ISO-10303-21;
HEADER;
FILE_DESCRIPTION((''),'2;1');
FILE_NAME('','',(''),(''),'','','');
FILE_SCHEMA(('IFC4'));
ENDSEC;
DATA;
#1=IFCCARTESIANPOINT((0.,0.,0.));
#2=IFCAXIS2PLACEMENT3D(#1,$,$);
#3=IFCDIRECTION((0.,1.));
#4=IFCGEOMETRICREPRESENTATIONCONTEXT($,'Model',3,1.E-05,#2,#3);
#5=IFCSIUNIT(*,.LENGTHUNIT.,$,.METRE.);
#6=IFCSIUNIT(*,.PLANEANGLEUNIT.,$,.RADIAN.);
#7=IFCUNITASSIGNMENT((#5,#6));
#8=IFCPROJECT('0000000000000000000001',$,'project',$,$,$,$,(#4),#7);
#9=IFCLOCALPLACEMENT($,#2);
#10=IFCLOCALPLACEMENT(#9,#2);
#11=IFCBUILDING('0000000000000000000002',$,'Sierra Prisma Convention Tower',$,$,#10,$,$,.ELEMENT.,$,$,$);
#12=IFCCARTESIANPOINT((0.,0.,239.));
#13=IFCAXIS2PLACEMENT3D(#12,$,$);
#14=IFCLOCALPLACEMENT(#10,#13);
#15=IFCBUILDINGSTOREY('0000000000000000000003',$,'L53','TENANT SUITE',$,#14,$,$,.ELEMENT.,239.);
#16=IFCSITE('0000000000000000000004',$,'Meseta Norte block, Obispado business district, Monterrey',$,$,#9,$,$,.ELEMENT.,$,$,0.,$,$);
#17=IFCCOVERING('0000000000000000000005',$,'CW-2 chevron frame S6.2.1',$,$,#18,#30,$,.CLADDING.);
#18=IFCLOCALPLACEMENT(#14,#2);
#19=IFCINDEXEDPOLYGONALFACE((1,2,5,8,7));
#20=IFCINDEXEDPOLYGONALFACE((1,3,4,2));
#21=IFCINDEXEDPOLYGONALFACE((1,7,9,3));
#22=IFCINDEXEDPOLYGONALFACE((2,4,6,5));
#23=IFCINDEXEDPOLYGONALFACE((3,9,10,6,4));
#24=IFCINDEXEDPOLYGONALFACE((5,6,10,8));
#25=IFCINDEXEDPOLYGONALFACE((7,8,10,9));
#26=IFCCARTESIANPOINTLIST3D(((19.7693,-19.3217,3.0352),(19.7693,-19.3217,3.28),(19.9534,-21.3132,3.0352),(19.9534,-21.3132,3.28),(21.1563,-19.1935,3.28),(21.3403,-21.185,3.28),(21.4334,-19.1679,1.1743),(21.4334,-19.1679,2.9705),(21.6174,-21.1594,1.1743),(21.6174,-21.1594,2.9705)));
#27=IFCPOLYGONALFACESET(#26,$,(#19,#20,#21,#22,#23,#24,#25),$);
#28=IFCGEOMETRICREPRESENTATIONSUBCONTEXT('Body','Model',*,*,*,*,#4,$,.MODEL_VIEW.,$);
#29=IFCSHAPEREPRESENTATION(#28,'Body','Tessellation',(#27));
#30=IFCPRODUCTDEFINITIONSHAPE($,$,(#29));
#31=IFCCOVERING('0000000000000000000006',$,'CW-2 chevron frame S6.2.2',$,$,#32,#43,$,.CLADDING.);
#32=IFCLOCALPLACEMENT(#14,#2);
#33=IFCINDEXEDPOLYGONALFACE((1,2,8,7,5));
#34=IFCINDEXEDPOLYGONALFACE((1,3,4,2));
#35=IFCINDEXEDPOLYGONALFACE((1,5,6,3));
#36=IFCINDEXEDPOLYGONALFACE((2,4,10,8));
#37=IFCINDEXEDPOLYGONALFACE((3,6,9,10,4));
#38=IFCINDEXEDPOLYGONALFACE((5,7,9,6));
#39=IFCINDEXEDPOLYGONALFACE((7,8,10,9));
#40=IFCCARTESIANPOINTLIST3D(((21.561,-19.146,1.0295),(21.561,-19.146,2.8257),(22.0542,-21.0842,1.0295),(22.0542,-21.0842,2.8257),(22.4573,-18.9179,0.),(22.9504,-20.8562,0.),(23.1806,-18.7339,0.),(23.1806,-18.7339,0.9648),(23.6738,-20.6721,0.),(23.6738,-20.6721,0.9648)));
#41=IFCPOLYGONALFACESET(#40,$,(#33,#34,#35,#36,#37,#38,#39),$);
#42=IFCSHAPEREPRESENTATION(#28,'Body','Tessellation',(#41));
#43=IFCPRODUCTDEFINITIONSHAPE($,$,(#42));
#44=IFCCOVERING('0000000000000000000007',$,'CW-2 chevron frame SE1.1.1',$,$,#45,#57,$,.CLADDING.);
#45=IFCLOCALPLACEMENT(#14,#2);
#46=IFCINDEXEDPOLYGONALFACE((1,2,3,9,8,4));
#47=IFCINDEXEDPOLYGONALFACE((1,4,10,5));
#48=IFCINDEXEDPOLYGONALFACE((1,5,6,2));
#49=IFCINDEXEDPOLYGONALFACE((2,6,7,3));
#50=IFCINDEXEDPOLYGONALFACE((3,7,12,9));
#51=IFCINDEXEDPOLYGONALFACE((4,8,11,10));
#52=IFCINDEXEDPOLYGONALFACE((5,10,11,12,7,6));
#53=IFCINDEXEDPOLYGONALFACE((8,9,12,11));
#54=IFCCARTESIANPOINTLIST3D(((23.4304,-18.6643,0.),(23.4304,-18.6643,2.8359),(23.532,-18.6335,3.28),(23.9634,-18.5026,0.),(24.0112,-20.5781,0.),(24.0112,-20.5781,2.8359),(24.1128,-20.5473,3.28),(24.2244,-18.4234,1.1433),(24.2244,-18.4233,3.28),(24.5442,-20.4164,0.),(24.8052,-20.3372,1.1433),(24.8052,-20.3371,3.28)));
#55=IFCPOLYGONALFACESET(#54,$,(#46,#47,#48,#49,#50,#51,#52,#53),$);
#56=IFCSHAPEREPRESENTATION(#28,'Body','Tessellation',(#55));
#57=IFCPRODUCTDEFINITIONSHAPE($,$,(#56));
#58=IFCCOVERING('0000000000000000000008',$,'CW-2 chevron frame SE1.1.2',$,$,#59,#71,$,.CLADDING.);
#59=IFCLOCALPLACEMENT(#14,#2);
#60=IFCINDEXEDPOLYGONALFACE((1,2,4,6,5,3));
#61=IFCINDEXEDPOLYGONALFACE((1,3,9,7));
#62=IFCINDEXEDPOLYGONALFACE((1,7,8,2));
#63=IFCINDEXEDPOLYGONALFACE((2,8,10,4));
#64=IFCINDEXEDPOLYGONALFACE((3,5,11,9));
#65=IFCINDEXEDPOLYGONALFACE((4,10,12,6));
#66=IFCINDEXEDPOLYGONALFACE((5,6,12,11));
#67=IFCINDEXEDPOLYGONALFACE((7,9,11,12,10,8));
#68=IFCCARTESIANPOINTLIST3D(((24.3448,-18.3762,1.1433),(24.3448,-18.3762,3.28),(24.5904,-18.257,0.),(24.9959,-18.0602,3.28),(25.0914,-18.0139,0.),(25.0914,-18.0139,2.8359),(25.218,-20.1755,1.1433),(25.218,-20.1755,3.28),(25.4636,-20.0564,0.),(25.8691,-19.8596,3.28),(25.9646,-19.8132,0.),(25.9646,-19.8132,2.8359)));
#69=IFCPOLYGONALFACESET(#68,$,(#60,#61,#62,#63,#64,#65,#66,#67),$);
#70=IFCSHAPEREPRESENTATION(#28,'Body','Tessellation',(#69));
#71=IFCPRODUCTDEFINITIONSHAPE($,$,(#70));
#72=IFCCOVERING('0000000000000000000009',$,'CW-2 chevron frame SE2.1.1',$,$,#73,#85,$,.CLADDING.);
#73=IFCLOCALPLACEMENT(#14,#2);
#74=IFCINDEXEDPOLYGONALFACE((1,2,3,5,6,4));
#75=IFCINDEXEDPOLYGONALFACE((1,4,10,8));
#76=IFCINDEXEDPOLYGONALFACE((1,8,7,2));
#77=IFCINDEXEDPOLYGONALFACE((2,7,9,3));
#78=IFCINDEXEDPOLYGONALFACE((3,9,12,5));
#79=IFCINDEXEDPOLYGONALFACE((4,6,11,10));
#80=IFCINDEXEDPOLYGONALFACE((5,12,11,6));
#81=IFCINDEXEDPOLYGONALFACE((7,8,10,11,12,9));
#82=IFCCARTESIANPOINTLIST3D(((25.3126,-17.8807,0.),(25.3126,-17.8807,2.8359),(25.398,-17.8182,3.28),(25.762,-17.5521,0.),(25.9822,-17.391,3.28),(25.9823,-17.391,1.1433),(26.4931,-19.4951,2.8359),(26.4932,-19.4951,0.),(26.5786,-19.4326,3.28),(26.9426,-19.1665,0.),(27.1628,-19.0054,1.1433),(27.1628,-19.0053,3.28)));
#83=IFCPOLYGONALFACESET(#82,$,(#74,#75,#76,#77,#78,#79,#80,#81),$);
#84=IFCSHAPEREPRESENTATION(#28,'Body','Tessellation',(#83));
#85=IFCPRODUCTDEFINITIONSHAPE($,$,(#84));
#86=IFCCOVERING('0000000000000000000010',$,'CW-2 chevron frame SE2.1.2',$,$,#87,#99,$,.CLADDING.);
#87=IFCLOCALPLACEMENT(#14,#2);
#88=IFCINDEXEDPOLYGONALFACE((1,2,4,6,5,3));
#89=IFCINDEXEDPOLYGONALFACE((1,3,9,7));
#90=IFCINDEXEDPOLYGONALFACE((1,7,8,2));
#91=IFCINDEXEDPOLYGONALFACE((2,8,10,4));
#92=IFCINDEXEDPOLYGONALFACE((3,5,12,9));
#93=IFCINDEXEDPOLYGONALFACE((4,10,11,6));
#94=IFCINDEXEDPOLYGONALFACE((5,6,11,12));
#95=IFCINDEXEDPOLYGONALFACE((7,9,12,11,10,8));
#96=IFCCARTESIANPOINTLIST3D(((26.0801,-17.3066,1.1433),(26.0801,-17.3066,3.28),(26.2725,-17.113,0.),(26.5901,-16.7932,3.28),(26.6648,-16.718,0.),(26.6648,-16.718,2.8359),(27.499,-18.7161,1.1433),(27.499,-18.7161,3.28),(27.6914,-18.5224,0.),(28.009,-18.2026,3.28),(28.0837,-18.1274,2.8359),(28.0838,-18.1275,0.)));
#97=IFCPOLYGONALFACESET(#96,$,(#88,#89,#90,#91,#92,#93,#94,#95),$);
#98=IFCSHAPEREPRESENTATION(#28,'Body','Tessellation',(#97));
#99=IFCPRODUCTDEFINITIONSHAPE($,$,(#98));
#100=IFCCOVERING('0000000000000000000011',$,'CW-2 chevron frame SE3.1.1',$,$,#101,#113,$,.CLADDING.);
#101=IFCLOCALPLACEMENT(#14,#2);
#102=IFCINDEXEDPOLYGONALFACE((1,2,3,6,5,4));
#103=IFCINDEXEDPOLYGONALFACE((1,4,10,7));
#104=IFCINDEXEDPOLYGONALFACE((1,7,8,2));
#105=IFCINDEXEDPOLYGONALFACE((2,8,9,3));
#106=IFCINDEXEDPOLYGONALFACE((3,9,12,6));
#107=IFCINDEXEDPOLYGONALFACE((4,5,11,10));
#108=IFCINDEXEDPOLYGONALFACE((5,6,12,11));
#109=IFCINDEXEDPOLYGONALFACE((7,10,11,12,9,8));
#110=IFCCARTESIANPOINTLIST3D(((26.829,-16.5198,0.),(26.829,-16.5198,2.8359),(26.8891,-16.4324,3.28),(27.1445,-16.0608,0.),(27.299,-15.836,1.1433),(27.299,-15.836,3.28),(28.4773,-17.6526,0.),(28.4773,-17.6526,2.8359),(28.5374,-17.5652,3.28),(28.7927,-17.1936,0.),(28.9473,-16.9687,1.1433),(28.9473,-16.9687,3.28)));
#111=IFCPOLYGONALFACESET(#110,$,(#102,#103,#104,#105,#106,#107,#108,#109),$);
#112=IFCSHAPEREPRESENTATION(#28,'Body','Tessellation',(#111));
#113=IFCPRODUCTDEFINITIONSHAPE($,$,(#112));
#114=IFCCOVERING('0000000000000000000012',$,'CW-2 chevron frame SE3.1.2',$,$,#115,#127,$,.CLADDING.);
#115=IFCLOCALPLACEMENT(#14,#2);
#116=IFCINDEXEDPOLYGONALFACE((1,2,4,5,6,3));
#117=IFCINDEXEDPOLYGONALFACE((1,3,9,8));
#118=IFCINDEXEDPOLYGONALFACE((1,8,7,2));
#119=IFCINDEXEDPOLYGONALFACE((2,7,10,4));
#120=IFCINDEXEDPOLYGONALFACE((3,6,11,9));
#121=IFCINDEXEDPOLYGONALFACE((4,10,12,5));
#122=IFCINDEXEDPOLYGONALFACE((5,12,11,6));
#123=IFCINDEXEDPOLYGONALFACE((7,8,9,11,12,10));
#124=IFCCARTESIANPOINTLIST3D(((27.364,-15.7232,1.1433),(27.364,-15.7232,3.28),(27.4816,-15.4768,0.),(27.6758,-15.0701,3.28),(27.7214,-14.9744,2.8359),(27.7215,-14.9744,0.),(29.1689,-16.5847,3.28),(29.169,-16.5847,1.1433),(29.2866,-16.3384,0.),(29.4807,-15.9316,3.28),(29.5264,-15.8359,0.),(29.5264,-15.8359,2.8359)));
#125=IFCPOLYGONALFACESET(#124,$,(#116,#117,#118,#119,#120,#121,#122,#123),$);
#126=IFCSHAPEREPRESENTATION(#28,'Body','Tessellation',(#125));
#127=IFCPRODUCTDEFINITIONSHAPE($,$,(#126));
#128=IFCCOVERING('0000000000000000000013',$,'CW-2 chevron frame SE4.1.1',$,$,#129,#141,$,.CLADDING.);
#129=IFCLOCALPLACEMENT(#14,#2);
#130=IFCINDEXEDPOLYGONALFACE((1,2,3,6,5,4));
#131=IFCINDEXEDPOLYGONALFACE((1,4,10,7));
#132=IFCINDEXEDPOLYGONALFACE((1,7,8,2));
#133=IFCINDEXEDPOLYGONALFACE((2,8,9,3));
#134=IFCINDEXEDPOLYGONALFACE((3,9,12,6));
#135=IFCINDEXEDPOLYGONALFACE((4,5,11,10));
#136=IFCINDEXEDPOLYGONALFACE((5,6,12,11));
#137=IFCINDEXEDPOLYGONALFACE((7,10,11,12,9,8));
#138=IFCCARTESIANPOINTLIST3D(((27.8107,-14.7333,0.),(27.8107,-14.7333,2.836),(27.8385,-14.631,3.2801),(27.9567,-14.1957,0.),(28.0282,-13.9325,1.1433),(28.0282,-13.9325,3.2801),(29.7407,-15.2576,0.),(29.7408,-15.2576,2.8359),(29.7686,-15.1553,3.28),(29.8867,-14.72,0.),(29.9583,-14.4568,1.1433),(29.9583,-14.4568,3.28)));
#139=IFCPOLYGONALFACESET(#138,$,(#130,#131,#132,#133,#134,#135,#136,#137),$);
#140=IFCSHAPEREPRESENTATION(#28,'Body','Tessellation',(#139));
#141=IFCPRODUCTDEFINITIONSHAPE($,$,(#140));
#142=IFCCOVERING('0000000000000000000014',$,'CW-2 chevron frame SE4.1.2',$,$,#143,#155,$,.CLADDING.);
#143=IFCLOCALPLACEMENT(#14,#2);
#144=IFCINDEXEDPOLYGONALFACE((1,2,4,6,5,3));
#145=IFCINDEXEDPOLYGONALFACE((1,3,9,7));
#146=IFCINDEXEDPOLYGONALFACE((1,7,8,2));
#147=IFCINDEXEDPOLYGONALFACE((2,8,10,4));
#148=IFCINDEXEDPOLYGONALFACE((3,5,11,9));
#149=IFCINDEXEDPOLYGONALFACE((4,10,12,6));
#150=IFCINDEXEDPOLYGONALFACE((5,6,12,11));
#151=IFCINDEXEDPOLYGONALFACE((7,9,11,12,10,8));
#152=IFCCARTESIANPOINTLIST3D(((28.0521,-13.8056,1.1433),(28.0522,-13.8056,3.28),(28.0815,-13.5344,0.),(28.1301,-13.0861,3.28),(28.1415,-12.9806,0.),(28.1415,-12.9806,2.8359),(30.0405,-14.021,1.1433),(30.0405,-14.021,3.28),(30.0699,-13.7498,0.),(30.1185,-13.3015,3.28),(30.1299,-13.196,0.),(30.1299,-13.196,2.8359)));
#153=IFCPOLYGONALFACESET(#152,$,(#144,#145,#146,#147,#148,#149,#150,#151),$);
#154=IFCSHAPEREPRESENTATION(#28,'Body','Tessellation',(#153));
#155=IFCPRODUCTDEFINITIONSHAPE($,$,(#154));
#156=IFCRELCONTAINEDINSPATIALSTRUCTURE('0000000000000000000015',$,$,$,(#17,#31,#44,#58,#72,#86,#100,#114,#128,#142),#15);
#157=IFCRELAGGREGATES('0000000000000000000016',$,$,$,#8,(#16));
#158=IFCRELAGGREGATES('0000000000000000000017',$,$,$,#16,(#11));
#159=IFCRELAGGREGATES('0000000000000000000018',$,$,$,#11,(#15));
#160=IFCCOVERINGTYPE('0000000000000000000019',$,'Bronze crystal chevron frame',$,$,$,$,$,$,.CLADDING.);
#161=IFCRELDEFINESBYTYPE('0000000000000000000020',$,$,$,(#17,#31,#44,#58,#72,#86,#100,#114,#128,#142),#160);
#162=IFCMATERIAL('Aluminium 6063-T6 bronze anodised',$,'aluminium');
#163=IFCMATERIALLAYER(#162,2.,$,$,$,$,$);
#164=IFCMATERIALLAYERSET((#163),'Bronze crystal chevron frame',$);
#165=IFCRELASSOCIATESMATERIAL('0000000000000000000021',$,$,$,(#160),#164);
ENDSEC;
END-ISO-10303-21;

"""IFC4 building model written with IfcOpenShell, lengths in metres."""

from ifc_helpers import new_model, si_unit, direction, frame, origin, place, context, subcontext, project, spatial, polyline, outline, extrude, material, layer, layer_set, type_object, element, save


model = new_model("IFC4")

# Units and contexts
model_context = context("Model", 3, precision=1e-05, world=origin(), true_north=direction((0.0, 1.0)))
body_context = subcontext(model_context, "Body", "Model", "MODEL_VIEW")
ifc_project = project(units=[si_unit("LENGTHUNIT", "METRE"), si_unit("PLANEANGLEUNIT", "RADIAN")], contexts=[model_context])

# Site, building, storey
site_placement = place(None, origin())
site = spatial("IfcSite", under=ifc_project, at=site_placement, Name="Meseta Norte block, Obispado business district, Monterrey", CompositionType="ELEMENT", RefElevation=0.0)
building_placement = place(site_placement, origin())
building = spatial("IfcBuilding", under=site, at=building_placement, Name="Sierra Prisma Convention Tower", CompositionType="ELEMENT")
storey_placement = place(building_placement, frame((0.0, 0.0, 239.0)))
storey = spatial("IfcBuildingStorey", under=building, at=storey_placement, Name="L53", Description="TENANT SUITE", CompositionType="ELEMENT", Elevation=239.0)

# Coverings
ifc_material_1 = material(Name="Aluminium 6063-T6 bronze anodised", Category="aluminium")
ifc_layer_1 = layer(ifc_material_1, 2.0)
ifc_layer_set_1 = layer_set([ifc_layer_1], Name="Bronze crystal chevron frame")
covering_type = type_object("IfcCoveringType", Name="Bronze crystal chevron frame", PredefinedType="CLADDING", material=ifc_layer_set_1)
covering_1_placement = place(storey_placement, frame((19.9534, -21.3132, 3.28), z_axis=(0.092035, -0.995756, -0.00001), x_axis=(-0.000001, 0.00001, -1.0)))
element("IfcCovering", 1, at=covering_1_placement, inside=storey, type_object=covering_type, Name="CW-2 chevron frame S6.2.1", PredefinedType="CLADDING", context=body_context, shape_type="SweptSolid", body=[
    extrude(outline(polyline([(0.0, 0.0), (0.2449, 0.0), (2.1057, 1.6712), (0.3096, 1.6712), (0.0, 1.3929), (0.0, 0.0)])), origin(), (0.0, 0.0, -1.0), 2.0),
])
covering_2_placement = place(storey_placement, frame((23.6738, -20.6721, 0.0), z_axis=(0.246593, -0.969119, 0.000005), x_axis=(-0.000001, 0.000005, 1.0)))
element("IfcCovering", 2, at=covering_2_placement, inside=storey, type_object=covering_type, Name="CW-2 chevron frame S6.2.2", PredefinedType="CLADDING", context=body_context, shape_type="SweptSolid", body=[
    extrude(outline(polyline([(0.0, 0.0), (0.9648, 0.0), (2.8257, 1.6712), (1.0295, 1.6712), (0.0, 0.7464), (0.0, 0.0)])), origin(), (0.0, 0.0, -1.0), 2.0),
])
covering_3_placement = place(storey_placement, frame((24.0112, -20.5781, 0.0), z_axis=(0.290401, -0.956905, 0.000011), x_axis=(0.956905, 0.290401, 0.0)))
element("IfcCovering", 3, at=covering_3_placement, inside=storey, type_object=covering_type, Name="CW-2 chevron frame SE1.1.1", PredefinedType="CLADDING", context=body_context, shape_type="SweptSolid", body=[
    extrude(outline(polyline([(0.0, 0.0), (0.5569, 0.0), (0.8297, 1.1433), (0.8297, 3.28), (0.1061, 3.28), (0.0, 2.8359), (0.0, 0.0)])), origin(), (0.0, 0.0, -1.0), 2.0),
])
covering_4_placement = place(storey_placement, frame((25.218, -20.1755, 3.28), z_axis=(0.436595, -0.899658, -0.000002), x_axis=(-0.000001, 0.000002, -1.0)))
element("IfcCovering", 4, at=covering_4_placement, inside=storey, type_object=covering_type, Name="CW-2 chevron frame SE1.1.2", PredefinedType="CLADDING", context=body_context, shape_type="SweptSolid", body=[
    extrude(outline(polyline([(0.0, 0.0), (2.1367, 0.0), (3.28, 0.273), (3.28, 0.8298), (0.4441, 0.8298), (0.0, 0.7237), (0.0, 0.0)])), origin(), (0.0, 0.0, -1.0), 2.0),
])
covering_5_placement = place(storey_placement, frame((26.4932, -19.4951, 0.0), z_axis=(0.590291, -0.80719, 0.000013), x_axis=(0.80719, 0.590291, 0.0)))
element("IfcCovering", 5, at=covering_5_placement, inside=storey, type_object=covering_type, Name="CW-2 chevron frame SE2.1.1", PredefinedType="CLADDING", context=body_context, shape_type="SweptSolid", body=[
    extrude(outline(polyline([(0.0, 0.0), (0.5568, 0.0), (0.8297, 1.1433), (0.8297, 3.28), (0.1059, 3.28), (0.0, 2.8359), (0.0, 0.0)])), origin(), (0.0, 0.0, -1.0), 2.0),
])
covering_6_placement = place(storey_placement, frame((27.499, -18.7161, 3.28), z_axis=(0.709465, -0.704741, 0.000009), x_axis=(0.000006, -0.000006, -1.0)))
element("IfcCovering", 6, at=covering_6_placement, inside=storey, type_object=covering_type, Name="CW-2 chevron frame SE2.1.2", PredefinedType="CLADDING", context=body_context, shape_type="SweptSolid", body=[
    extrude(outline(polyline([(0.0, 0.0), (2.1367, 0.0), (3.28, 0.2729), (3.28, 0.8297), (0.4441, 0.8297), (0.0, 0.7237), (0.0, 0.0)])), origin(), (0.0, 0.0, -1.0), 2.0),
])
covering_7_placement = place(storey_placement, frame((28.4773, -17.6526, 0.0), z_axis=(0.824137, -0.566391, 0.0), x_axis=(0.566391, 0.824137, 0.0)))
element("IfcCovering", 7, at=covering_7_placement, inside=storey, type_object=covering_type, Name="CW-2 chevron frame SE3.1.1", PredefinedType="CLADDING", context=body_context, shape_type="SweptSolid", body=[
    extrude(outline(polyline([(0.0, 0.0), (0.5569, 0.0), (0.8298, 1.1433), (0.8298, 3.28), (0.106, 3.28), (0.0, 2.8359), (0.0, 0.0)])), origin(), (0.0, 0.0, -1.0), 2.0),
])
covering_8_placement = place(storey_placement, frame((29.1689, -16.5847, 3.28), z_axis=(0.902464, -0.430764, 0.000009), x_axis=(0.000008, -0.000004, -1.0)))
element("IfcCovering", 8, at=covering_8_placement, inside=storey, type_object=covering_type, Name="CW-2 chevron frame SE3.1.2", PredefinedType="CLADDING", context=body_context, shape_type="SweptSolid", body=[
    extrude(outline(polyline([(0.0, 0.0), (2.1367, 0.0), (3.28, 0.273), (3.28, 0.8297), (0.4441, 0.8297), (0.0, 0.7237), (0.0, 0.0)])), origin(), (0.0, 0.0, -1.0), 2.0),
])
covering_9_placement = place(storey_placement, frame((29.7407, -15.2576, 0.0), z_axis=(0.965031, -0.262134, -0.000013), x_axis=(0.262134, 0.965031, 0.0)))
element("IfcCovering", 9, at=covering_9_placement, inside=storey, type_object=covering_type, Name="CW-2 chevron frame SE4.1.1", PredefinedType="CLADDING", context=body_context, shape_type="SweptSolid", body=[
    extrude(outline(polyline([(0.0, 0.0), (0.5571, 0.0), (0.8298, 1.1433), (0.8298, 3.28), (0.106, 3.28), (0.0, 2.8359), (0.0, 0.0)])), origin(), (0.0, 0.0, -1.0), 2.0),
])
covering_10_placement = place(storey_placement, frame((30.0405, -14.021, 3.28), z_axis=(0.994183, -0.1077, -0.000005), x_axis=(-0.000005, 0.000001, -1.0)))
element("IfcCovering", 10, at=covering_10_placement, inside=storey, type_object=covering_type, Name="CW-2 chevron frame SE4.1.2", PredefinedType="CLADDING", context=body_context, shape_type="SweptSolid", body=[
    extrude(outline(polyline([(0.0, 0.0), (2.1367, 0.0), (3.28, 0.2728), (3.28, 0.8298), (0.4441, 0.8298), (0.0, 0.7237), (0.0, 0.0)])), origin(), (0.0, 0.0, -1.0), 2.0),
])

save(model, "model.ifc")
